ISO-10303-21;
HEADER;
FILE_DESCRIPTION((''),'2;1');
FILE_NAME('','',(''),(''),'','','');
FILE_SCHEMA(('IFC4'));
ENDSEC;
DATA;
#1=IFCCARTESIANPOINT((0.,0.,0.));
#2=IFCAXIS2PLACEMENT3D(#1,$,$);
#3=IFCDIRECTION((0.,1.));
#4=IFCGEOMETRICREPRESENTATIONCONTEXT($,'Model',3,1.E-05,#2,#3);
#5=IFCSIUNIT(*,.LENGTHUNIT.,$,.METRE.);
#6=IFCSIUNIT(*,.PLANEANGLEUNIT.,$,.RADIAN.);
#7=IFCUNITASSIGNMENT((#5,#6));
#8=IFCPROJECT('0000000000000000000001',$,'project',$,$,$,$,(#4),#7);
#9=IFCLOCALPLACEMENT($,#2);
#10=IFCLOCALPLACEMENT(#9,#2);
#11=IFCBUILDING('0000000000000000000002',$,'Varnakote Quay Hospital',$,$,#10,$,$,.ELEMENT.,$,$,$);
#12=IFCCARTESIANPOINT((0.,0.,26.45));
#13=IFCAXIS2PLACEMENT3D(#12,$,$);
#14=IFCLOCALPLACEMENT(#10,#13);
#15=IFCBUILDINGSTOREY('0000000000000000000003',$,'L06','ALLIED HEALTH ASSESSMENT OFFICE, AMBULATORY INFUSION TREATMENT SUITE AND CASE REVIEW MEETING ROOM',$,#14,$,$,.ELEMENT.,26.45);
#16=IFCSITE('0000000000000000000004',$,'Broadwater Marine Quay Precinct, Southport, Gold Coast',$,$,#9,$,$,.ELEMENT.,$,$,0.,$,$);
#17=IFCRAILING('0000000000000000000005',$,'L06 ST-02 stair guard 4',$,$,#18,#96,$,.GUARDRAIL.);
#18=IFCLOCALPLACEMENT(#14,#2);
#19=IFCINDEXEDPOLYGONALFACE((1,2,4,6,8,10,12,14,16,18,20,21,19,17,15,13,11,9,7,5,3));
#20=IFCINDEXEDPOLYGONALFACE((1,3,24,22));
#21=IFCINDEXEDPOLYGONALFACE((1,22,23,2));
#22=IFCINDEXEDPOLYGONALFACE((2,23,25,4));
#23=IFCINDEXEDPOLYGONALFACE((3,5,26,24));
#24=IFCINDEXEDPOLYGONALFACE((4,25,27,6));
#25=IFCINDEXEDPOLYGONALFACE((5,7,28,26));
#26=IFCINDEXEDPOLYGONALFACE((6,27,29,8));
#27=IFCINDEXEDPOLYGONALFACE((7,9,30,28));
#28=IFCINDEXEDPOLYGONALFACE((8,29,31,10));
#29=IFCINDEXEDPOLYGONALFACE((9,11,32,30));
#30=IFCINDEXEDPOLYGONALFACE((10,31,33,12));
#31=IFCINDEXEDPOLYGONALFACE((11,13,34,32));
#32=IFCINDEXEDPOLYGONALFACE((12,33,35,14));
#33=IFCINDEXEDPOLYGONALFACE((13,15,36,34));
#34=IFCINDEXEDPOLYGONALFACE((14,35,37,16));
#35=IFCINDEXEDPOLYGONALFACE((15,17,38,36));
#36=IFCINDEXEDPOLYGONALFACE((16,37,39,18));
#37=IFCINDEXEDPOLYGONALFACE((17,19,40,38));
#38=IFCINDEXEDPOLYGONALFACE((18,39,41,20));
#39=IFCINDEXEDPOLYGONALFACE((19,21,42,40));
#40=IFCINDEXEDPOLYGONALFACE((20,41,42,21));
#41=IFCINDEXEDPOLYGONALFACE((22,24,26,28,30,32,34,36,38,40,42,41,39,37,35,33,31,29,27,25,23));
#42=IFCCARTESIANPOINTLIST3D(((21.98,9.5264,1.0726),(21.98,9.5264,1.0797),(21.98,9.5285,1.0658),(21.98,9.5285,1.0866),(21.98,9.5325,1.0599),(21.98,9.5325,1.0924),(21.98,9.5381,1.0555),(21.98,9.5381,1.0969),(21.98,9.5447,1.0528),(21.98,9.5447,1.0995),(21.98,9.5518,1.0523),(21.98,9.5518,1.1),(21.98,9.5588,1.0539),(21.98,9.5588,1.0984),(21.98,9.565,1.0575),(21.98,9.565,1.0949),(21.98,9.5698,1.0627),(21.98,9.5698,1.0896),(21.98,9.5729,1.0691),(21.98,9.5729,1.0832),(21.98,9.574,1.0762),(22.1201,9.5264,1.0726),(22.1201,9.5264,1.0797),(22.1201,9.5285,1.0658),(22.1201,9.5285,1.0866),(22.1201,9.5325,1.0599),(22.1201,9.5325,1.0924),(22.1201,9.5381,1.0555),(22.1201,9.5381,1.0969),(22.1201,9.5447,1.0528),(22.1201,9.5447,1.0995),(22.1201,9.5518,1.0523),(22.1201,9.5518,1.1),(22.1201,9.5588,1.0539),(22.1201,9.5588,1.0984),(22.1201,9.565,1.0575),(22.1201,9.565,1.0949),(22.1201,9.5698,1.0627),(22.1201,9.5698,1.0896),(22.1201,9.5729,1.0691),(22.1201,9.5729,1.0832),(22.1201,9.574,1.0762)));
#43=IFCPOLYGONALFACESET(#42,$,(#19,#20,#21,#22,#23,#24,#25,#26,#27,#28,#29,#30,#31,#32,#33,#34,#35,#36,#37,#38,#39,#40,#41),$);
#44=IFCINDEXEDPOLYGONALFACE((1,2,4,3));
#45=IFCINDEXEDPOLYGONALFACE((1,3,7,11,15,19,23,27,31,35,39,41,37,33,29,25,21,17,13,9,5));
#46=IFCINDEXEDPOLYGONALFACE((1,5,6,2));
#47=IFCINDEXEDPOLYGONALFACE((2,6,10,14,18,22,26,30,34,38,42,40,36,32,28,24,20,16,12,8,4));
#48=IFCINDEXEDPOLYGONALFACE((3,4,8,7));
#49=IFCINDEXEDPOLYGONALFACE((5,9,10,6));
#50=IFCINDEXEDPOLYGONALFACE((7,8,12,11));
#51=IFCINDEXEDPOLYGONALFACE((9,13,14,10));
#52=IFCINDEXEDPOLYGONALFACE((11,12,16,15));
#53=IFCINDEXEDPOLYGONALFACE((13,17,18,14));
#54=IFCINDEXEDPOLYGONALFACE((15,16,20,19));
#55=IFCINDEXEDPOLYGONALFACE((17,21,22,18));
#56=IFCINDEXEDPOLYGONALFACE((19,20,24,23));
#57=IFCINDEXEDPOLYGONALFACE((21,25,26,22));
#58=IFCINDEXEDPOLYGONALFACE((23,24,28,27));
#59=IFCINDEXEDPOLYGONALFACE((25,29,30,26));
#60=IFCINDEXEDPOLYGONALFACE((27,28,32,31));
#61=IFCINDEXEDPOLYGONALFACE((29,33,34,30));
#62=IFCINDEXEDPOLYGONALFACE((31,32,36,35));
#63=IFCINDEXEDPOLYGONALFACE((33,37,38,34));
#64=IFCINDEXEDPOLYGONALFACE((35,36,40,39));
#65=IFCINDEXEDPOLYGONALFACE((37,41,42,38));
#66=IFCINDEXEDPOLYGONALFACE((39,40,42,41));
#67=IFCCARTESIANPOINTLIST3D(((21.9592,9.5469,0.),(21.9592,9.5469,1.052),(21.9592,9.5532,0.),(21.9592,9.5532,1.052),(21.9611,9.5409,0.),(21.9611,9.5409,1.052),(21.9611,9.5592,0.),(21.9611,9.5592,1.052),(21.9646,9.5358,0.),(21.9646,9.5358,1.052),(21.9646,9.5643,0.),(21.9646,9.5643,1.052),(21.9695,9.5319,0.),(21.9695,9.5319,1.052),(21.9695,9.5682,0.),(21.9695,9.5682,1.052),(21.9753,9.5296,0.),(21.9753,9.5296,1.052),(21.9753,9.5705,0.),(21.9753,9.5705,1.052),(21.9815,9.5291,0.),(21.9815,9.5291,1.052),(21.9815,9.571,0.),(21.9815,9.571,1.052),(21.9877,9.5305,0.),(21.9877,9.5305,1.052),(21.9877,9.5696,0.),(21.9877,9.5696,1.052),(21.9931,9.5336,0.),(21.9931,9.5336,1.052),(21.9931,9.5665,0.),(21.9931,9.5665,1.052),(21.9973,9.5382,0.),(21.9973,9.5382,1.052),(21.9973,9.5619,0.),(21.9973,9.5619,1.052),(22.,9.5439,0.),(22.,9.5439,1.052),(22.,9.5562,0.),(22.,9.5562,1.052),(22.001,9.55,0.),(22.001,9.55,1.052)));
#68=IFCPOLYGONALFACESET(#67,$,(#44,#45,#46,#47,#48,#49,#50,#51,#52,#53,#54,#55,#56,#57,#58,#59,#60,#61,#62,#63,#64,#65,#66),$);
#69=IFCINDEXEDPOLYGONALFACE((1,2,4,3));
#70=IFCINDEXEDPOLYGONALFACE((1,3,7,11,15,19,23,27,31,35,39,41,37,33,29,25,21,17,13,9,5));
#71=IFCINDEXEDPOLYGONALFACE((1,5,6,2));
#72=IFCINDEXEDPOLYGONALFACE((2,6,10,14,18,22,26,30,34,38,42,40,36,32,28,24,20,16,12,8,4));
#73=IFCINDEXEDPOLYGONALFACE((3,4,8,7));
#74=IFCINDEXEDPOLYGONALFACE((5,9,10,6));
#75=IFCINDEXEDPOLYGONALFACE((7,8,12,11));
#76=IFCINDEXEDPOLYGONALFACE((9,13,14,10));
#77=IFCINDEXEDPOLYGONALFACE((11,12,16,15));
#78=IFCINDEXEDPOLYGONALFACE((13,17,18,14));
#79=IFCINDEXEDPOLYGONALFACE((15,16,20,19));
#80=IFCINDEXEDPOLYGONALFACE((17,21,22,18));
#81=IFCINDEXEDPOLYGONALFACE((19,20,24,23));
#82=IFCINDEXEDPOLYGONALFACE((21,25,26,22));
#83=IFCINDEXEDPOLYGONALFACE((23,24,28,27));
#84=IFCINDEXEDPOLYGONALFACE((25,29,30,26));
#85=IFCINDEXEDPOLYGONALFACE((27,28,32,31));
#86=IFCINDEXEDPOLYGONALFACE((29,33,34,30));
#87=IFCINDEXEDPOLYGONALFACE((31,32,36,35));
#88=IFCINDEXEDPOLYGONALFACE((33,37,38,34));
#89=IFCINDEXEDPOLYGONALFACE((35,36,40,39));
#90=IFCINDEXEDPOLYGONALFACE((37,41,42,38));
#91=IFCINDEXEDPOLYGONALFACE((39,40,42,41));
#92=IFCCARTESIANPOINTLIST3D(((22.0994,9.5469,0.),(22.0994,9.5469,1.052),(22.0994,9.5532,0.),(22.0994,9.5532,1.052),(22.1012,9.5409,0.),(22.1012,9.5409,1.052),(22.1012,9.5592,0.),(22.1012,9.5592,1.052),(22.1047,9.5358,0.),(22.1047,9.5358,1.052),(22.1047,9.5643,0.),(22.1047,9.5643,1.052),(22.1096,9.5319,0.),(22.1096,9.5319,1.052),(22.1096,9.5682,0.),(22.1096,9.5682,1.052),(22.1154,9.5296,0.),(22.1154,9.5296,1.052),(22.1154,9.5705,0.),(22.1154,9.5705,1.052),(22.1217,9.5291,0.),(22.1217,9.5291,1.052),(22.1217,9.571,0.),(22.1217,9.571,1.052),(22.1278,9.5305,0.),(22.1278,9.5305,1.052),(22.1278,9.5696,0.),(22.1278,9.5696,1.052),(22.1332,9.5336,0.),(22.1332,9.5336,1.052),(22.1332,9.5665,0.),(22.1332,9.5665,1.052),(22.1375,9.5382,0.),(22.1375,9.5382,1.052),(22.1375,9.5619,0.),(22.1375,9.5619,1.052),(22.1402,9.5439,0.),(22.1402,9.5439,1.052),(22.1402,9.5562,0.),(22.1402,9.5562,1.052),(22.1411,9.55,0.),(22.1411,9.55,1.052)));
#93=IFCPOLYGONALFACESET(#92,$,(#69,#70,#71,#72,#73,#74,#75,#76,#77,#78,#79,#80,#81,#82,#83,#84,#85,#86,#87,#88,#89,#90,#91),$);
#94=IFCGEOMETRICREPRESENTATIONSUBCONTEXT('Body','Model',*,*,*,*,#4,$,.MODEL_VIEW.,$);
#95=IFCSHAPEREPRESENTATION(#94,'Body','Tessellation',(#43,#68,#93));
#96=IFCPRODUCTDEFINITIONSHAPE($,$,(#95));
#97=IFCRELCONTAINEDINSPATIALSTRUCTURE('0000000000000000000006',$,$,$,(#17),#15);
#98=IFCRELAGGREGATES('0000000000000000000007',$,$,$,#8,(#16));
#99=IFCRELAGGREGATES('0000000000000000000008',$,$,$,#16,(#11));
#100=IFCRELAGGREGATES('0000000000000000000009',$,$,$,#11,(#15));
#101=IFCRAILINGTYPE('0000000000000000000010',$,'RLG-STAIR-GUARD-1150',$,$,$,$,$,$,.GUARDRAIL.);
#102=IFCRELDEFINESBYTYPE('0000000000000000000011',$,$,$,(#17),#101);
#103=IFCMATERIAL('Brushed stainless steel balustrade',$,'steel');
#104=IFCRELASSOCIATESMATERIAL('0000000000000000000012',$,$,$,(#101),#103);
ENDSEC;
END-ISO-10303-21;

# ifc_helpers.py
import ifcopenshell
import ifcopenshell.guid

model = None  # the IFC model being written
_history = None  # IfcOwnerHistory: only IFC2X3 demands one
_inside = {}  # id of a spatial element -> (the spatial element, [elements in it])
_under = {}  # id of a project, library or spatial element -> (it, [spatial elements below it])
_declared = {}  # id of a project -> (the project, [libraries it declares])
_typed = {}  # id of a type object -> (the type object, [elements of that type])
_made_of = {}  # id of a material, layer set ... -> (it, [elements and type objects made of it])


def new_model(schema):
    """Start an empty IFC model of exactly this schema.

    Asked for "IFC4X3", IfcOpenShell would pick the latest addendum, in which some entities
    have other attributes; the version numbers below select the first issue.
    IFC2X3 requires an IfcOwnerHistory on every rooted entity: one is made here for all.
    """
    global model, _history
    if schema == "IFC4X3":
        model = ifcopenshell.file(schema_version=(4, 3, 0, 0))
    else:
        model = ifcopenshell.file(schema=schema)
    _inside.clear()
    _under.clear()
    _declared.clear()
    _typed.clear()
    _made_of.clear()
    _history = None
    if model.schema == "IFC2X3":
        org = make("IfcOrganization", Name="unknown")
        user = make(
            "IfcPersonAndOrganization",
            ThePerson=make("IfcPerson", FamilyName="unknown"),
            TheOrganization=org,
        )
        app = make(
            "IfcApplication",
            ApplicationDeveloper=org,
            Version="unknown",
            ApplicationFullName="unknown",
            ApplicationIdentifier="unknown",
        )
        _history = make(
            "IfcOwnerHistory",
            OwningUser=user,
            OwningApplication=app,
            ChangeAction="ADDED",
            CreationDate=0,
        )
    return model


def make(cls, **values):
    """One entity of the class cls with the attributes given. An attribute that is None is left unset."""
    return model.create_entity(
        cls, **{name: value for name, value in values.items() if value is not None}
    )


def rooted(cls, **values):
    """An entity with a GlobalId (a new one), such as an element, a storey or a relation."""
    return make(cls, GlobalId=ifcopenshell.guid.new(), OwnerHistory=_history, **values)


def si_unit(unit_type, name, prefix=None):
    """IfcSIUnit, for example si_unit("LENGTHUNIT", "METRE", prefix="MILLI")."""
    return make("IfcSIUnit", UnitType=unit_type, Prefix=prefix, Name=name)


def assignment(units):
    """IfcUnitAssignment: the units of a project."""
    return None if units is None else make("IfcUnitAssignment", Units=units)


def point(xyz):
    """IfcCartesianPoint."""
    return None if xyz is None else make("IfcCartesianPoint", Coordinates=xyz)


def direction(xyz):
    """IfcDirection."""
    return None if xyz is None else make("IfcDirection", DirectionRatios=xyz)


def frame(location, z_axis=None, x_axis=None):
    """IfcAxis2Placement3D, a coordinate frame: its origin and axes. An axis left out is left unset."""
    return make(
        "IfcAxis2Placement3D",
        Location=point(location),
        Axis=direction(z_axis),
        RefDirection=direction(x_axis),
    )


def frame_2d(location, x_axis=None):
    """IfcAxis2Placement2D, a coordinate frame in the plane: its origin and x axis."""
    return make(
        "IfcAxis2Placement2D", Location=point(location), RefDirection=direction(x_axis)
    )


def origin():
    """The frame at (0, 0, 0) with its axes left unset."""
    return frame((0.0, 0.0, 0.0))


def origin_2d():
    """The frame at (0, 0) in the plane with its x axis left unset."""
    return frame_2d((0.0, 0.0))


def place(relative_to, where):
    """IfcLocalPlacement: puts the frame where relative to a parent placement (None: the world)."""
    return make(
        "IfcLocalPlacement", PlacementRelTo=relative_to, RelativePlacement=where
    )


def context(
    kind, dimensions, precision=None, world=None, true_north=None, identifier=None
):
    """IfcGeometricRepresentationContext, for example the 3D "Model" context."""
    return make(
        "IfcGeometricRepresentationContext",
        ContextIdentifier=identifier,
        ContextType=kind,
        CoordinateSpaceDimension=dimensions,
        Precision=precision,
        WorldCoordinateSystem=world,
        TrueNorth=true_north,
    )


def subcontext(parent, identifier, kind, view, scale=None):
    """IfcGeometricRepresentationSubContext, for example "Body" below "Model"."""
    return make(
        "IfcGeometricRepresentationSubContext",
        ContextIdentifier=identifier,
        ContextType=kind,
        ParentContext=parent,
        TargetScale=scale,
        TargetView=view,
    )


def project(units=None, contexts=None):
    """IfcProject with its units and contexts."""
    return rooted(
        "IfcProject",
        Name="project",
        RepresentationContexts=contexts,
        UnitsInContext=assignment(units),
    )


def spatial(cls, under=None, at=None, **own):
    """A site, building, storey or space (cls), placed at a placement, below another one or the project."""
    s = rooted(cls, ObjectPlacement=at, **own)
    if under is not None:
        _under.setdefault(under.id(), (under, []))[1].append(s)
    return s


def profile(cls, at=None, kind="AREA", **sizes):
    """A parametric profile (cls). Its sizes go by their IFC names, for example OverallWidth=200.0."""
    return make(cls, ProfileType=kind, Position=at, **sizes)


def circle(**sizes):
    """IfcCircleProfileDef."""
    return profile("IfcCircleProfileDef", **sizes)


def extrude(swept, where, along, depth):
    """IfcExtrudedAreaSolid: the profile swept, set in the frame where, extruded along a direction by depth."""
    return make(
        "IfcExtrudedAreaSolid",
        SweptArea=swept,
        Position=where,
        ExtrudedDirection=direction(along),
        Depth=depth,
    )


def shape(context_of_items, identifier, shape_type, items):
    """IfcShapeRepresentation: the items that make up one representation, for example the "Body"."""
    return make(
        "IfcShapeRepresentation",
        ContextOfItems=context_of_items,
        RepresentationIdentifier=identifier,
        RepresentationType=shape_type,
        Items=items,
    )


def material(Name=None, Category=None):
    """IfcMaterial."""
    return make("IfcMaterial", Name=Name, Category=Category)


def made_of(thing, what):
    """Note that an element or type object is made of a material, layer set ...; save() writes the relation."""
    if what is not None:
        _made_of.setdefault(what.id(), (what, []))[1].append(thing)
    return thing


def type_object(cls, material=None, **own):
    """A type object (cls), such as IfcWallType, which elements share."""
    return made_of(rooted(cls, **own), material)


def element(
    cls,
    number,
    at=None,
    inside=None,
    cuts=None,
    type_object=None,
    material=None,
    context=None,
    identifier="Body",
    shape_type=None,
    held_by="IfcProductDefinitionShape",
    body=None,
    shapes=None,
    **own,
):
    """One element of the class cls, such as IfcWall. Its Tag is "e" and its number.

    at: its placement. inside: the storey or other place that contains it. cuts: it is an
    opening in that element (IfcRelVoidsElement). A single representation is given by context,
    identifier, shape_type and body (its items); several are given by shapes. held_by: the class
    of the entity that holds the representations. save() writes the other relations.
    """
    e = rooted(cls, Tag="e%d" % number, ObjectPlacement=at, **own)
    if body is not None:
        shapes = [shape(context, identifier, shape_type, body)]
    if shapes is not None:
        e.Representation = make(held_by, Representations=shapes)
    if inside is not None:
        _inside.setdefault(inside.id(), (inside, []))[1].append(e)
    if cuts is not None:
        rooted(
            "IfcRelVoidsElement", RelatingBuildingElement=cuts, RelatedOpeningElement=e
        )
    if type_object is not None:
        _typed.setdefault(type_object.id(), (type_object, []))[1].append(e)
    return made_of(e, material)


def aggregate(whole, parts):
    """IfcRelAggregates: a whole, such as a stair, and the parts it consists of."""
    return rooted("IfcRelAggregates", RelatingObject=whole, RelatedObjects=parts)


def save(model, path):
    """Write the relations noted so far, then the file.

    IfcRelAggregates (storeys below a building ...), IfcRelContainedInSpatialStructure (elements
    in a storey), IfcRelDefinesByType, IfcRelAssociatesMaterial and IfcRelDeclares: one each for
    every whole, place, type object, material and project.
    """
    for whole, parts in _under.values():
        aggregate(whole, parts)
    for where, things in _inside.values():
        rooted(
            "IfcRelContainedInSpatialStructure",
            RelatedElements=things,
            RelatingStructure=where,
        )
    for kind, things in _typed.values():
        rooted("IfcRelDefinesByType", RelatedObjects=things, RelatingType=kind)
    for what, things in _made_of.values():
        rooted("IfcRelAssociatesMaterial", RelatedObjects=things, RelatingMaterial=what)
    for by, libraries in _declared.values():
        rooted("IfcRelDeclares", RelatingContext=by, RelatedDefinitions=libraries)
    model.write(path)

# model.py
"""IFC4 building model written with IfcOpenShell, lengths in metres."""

from ifc_helpers import new_model, si_unit, direction, frame, origin, origin_2d, place, context, subcontext, project, spatial, circle, extrude, material, type_object, element, save


model = new_model("IFC4")

# Units and contexts
model_context = context("Model", 3, precision=1e-05, world=origin(), true_north=direction((0.0, 1.0)))
body_context = subcontext(model_context, "Body", "Model", "MODEL_VIEW")
ifc_project = project(units=[si_unit("LENGTHUNIT", "METRE"), si_unit("PLANEANGLEUNIT", "RADIAN")], contexts=[model_context])

# Site, building, storey
site_placement = place(None, origin())
site = spatial("IfcSite", under=ifc_project, at=site_placement, Name="Broadwater Marine Quay Precinct, Southport, Gold Coast", CompositionType="ELEMENT", RefElevation=0.0)
building_placement = place(site_placement, origin())
building = spatial("IfcBuilding", under=site, at=building_placement, Name="Varnakote Quay Hospital", CompositionType="ELEMENT")
storey_placement = place(building_placement, frame((0.0, 0.0, 26.45)))
storey = spatial("IfcBuildingStorey", under=building, at=storey_placement, Name="L06", Description="ALLIED HEALTH ASSESSMENT OFFICE, AMBULATORY INFUSION TREATMENT SUITE AND CASE REVIEW MEETING ROOM", CompositionType="ELEMENT", Elevation=26.45)

# Railing
ifc_material_1 = material(Name="Brushed stainless steel balustrade", Category="steel")
railing_type_1 = type_object("IfcRailingType", Name="RLG-STAIR-GUARD-1150", PredefinedType="GUARDRAIL", material=ifc_material_1)
railing_1_placement = place(storey_placement, frame((21.98, 9.55, 0.0)))
element("IfcRailing", 1, at=railing_1_placement, inside=storey, type_object=railing_type_1, Name="L06 ST-02 stair guard 4", PredefinedType="GUARDRAIL", context=body_context, shape_type="SweptSolid", body=[
    extrude(circle(Radius=0.0239, at=origin_2d()), frame((0.0, 0.0, 1.0762), z_axis=(1.0, 0.0, 0.0), x_axis=(0.0, 1.0, 0.0)), (0.0, 0.0, 1.0), 0.1401),
    extrude(circle(Radius=0.021, at=origin_2d()), origin(), (0.0, 0.0, 1.0), 1.052),
    extrude(circle(Radius=0.021, at=origin_2d()), frame((0.1401, 0.0, 0.0)), (0.0, 0.0, 1.0), 1.052),
])

save(model, "model.ifc")
